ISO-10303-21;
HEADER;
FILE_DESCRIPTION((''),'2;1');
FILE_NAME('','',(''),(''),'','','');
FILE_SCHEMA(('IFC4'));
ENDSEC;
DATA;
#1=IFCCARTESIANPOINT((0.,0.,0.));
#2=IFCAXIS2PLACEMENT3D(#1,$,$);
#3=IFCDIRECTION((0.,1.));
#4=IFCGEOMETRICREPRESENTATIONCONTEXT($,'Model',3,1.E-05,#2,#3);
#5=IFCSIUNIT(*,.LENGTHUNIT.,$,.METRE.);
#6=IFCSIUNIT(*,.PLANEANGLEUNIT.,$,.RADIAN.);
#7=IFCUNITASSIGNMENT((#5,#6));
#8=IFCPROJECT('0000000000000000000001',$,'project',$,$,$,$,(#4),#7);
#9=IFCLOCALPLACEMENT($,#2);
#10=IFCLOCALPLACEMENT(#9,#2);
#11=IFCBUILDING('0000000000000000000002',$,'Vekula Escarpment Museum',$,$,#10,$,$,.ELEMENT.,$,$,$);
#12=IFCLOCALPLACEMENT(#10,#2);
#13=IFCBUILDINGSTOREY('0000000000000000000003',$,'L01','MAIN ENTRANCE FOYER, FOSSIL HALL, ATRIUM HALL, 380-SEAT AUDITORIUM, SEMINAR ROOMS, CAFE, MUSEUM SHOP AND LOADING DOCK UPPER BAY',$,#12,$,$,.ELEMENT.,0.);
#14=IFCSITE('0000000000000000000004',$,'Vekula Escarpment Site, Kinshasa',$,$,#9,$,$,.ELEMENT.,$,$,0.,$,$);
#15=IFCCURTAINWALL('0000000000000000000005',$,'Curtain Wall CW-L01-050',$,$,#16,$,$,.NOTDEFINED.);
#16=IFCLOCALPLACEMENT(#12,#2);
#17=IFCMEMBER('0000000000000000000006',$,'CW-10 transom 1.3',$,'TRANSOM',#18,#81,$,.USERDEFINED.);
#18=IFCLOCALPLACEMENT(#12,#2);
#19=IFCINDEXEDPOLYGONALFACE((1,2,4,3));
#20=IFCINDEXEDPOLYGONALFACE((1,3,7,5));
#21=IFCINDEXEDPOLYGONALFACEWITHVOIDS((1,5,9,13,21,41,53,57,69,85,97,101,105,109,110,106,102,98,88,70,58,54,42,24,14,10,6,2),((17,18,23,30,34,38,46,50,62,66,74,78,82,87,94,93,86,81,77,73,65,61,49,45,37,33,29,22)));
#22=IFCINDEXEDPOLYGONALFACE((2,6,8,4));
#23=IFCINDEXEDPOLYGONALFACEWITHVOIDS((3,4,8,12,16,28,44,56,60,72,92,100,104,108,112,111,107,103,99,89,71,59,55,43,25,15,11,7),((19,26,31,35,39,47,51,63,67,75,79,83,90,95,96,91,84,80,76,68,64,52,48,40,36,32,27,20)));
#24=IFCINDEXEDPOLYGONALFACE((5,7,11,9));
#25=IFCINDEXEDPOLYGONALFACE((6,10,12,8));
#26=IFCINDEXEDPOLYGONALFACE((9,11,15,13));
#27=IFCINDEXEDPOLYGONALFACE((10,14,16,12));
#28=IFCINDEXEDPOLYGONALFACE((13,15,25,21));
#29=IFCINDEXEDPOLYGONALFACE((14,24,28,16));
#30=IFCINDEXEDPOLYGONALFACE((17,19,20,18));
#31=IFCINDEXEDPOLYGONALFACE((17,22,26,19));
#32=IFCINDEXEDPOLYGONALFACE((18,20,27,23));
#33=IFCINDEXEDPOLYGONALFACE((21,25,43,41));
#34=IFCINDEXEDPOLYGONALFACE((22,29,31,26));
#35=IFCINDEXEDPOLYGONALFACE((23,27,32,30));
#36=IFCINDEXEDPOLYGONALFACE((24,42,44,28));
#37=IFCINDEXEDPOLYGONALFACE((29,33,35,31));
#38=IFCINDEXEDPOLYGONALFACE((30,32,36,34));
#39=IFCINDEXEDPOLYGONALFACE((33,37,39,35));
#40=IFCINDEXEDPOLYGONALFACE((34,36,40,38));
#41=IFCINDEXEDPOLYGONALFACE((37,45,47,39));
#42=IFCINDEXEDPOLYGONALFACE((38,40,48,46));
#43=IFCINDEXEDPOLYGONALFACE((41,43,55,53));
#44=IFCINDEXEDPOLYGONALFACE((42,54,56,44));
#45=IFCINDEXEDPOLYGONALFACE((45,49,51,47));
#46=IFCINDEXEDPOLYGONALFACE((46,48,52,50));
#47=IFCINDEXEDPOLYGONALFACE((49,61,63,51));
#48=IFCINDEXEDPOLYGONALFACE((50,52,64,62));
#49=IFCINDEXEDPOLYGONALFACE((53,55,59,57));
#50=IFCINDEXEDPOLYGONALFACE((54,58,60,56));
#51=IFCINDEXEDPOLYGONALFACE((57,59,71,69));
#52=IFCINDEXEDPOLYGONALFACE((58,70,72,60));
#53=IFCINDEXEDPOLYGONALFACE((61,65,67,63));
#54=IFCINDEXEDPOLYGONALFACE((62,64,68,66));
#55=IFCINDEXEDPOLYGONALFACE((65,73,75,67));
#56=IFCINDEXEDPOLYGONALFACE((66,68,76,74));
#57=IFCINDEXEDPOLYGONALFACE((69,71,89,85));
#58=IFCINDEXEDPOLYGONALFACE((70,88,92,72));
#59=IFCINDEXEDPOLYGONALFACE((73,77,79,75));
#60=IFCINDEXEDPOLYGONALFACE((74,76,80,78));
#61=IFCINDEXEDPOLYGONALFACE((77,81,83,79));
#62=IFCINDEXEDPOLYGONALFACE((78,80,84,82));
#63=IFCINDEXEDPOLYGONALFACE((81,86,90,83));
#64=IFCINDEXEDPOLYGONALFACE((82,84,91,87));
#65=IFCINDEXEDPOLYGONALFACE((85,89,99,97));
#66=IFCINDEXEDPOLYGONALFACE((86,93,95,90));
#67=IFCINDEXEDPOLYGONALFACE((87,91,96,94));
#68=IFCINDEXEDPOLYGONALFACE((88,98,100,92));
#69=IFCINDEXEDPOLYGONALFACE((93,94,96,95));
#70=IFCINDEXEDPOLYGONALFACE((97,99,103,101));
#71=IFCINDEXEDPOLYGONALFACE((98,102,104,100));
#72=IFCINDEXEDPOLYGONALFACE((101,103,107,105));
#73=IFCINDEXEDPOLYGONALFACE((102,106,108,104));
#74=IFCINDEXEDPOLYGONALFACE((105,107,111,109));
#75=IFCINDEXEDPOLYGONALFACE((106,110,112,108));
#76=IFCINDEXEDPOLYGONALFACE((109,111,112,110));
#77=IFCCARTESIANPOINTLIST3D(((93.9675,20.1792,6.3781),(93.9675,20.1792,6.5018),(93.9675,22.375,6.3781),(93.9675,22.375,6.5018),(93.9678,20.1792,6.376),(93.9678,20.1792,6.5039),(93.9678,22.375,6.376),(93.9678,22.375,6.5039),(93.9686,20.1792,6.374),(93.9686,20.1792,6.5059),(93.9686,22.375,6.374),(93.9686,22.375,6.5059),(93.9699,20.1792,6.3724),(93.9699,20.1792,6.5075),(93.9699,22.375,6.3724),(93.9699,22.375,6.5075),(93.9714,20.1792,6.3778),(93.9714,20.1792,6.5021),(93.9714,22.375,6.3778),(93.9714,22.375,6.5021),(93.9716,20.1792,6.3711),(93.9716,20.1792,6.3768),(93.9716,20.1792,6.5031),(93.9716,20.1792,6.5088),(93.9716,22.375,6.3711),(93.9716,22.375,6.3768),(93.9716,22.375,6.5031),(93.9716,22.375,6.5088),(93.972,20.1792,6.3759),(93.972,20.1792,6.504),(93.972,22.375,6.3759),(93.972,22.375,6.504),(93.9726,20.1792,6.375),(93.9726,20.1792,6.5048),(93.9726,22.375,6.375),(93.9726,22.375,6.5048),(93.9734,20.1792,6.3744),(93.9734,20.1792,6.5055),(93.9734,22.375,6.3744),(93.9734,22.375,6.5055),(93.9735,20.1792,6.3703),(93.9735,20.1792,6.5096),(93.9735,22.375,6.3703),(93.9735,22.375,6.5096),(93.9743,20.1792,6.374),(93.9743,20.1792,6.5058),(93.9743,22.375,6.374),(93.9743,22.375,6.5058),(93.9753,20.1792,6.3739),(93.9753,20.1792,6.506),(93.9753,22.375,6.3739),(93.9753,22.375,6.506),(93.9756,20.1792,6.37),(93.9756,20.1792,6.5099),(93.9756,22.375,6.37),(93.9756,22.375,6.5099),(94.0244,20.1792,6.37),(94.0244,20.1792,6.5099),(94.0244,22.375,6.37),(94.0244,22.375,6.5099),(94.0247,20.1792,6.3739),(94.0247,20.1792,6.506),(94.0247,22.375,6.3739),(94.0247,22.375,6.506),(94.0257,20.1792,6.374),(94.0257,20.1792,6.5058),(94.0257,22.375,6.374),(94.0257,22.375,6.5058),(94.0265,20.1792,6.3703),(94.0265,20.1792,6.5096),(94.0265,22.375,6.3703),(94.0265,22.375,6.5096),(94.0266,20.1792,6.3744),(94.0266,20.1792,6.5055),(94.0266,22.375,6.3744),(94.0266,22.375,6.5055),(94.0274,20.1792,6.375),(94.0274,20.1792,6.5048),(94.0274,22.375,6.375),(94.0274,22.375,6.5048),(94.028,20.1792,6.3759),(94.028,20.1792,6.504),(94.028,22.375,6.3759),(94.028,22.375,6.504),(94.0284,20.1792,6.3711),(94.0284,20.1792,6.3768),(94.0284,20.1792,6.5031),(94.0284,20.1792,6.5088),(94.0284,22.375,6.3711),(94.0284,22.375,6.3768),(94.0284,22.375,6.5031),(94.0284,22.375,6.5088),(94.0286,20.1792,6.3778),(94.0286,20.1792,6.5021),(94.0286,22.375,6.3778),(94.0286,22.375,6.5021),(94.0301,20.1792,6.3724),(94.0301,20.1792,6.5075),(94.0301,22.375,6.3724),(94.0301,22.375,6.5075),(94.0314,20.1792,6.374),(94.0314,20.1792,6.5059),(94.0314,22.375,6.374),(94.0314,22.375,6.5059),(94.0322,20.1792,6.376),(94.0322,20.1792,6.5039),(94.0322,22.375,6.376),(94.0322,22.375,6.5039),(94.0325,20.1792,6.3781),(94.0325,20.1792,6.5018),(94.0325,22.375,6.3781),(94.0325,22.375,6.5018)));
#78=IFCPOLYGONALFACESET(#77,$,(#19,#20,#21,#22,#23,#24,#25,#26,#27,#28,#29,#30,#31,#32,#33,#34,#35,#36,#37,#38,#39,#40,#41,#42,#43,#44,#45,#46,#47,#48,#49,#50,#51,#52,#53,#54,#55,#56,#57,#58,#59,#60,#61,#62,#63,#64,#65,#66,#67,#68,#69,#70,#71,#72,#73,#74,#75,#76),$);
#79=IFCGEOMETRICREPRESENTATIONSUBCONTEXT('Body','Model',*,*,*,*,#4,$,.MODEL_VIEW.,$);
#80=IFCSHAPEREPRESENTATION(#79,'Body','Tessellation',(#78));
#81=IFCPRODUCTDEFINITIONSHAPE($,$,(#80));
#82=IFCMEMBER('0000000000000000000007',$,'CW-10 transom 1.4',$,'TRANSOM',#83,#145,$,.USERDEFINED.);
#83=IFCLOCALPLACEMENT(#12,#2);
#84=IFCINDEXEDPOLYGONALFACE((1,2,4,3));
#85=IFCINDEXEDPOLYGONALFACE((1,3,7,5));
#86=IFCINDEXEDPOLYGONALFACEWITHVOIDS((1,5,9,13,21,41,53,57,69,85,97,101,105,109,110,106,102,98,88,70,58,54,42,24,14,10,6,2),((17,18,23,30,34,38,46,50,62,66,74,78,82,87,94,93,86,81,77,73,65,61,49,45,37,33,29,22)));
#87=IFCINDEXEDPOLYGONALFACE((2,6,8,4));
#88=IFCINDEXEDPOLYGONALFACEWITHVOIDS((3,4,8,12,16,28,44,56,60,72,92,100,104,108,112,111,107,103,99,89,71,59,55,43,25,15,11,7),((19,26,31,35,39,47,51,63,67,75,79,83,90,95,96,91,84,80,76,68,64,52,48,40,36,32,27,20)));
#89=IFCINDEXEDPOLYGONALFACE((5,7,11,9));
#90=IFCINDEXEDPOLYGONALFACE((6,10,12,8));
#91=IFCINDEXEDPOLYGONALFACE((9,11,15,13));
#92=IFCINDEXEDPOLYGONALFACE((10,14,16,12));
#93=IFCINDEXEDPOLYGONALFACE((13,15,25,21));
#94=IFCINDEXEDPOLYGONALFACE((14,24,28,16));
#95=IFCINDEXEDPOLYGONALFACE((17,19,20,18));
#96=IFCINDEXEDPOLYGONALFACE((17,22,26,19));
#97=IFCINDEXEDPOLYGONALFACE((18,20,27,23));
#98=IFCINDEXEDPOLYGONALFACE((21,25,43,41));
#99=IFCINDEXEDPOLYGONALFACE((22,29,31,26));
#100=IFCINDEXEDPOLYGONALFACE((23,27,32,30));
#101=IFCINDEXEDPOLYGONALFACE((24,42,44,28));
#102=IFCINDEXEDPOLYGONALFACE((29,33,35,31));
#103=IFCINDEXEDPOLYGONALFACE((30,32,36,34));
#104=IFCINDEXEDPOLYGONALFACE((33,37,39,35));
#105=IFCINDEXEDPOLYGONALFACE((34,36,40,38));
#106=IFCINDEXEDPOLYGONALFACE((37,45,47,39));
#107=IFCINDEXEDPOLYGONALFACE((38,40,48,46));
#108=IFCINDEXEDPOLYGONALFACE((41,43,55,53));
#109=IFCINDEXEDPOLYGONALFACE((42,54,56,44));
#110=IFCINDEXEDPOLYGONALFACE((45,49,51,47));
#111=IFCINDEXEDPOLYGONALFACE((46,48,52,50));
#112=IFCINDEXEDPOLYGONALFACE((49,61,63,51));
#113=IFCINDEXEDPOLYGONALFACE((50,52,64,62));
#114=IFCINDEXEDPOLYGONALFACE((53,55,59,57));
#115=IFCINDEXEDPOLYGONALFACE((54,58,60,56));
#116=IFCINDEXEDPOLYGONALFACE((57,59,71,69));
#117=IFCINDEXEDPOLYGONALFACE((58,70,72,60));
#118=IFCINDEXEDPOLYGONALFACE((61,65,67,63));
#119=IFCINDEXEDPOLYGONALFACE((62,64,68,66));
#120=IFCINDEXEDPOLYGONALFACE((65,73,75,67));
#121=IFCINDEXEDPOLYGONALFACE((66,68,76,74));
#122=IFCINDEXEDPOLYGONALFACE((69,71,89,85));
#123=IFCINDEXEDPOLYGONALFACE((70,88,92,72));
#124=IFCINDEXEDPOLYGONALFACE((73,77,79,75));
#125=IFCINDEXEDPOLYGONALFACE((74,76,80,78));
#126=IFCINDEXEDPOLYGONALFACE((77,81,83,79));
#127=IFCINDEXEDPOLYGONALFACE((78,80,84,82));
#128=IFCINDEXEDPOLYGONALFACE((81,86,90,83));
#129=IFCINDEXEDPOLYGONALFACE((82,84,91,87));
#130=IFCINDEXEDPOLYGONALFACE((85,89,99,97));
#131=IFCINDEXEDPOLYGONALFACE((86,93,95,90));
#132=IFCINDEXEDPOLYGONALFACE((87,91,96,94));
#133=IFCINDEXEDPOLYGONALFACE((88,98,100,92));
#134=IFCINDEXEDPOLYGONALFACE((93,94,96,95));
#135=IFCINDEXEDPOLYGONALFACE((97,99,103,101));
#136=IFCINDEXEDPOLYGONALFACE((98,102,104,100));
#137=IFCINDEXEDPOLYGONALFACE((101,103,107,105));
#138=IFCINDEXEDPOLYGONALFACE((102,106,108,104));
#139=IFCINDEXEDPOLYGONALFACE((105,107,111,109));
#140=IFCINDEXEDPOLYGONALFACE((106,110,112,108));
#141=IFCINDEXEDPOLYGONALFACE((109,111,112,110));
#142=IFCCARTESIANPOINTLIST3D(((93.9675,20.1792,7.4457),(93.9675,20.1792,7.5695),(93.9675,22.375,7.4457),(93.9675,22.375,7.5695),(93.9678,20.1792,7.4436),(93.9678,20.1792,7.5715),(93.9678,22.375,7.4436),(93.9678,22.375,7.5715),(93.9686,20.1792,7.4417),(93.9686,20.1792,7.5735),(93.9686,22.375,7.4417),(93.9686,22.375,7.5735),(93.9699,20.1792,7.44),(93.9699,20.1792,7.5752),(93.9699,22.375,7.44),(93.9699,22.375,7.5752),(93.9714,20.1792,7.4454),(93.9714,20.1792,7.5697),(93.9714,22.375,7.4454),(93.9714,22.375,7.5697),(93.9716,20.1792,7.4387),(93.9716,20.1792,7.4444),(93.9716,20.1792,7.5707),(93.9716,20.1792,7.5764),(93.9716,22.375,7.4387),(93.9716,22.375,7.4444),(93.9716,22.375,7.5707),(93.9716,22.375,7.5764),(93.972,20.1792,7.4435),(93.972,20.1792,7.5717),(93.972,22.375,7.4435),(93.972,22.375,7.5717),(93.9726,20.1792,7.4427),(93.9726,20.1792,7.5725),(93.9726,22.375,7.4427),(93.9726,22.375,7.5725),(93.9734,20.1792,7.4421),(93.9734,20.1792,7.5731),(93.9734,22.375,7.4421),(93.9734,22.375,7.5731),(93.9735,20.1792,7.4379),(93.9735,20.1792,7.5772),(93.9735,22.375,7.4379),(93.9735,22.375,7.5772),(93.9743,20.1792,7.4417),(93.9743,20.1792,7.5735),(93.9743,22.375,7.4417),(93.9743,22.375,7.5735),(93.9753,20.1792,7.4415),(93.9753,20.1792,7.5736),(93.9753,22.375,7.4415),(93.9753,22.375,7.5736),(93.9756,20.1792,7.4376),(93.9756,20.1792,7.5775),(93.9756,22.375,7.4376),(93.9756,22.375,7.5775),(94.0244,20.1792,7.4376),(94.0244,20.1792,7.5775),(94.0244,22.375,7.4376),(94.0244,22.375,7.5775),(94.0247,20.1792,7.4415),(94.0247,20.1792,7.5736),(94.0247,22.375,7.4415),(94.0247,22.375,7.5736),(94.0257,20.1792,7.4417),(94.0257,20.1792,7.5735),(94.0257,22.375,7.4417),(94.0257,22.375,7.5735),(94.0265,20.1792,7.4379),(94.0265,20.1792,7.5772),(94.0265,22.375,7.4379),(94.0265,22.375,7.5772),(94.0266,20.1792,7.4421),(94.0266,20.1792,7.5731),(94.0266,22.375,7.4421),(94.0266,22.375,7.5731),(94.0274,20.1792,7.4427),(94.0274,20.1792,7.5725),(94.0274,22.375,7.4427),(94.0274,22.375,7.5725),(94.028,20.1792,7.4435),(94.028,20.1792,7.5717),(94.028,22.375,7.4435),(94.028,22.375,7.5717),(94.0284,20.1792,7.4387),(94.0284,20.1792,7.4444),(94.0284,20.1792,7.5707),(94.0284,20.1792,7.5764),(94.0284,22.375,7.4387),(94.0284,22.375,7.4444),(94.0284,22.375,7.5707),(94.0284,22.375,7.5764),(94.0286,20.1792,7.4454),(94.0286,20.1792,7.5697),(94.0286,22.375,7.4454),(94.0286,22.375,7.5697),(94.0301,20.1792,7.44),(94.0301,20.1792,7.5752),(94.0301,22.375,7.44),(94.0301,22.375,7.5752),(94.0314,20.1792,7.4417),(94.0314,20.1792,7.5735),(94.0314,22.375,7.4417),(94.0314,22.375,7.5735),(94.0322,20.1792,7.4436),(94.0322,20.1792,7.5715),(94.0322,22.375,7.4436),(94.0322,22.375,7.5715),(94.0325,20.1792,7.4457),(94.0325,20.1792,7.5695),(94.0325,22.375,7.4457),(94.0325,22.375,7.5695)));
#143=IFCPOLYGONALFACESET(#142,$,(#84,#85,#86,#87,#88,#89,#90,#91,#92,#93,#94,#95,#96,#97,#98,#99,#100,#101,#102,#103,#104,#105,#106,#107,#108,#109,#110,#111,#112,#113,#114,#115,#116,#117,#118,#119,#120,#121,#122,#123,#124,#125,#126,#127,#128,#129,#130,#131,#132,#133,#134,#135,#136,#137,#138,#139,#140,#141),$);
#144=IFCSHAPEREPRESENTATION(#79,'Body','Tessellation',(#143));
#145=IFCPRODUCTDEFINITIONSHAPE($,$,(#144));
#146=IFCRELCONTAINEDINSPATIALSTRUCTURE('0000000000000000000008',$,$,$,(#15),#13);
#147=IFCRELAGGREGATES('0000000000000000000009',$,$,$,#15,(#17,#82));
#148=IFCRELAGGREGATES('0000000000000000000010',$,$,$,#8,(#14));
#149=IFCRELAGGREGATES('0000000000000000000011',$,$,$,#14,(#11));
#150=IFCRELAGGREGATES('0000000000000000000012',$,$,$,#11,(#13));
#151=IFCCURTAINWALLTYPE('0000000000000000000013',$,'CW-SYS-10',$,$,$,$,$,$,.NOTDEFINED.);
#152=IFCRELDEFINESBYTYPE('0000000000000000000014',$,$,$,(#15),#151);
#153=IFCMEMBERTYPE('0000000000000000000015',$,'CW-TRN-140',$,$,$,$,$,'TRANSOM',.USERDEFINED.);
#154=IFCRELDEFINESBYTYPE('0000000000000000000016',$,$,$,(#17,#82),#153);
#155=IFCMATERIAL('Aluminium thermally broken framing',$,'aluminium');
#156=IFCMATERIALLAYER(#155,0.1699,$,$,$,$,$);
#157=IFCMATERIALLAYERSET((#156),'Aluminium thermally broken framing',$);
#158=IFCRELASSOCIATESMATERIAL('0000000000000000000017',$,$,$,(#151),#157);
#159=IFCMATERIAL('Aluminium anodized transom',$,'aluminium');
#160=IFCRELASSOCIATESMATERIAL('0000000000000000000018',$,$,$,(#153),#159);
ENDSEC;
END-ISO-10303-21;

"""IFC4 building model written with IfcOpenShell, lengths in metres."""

from ifc_helpers import new_model, si_unit, direction, frame, origin, origin_2d, place, context, subcontext, project, spatial, hollow_rectangle, extrude, material, layer, layer_set, material_profile, profile_set, type_object, element, aggregate, save


model = new_model("IFC4")

# Units and contexts
model_context = context("Model", 3, precision=1e-05, world=origin(), true_north=direction((0.0, 1.0)))
body_context = subcontext(model_context, "Body", "Model", "MODEL_VIEW")
ifc_project = project(units=[si_unit("LENGTHUNIT", "METRE"), si_unit("PLANEANGLEUNIT", "RADIAN")], contexts=[model_context])

# Site, building, storey
site_placement = place(None, origin())
site = spatial("IfcSite", under=ifc_project, at=site_placement, Name="Vekula Escarpment Site, Kinshasa", CompositionType="ELEMENT", RefElevation=0.0)
building_placement = place(site_placement, origin())
building = spatial("IfcBuilding", under=site, at=building_placement, Name="Vekula Escarpment Museum", CompositionType="ELEMENT")
storey_placement = place(building_placement, origin())
storey = spatial("IfcBuildingStorey", under=building, at=storey_placement, Name="L01", Description="MAIN ENTRANCE FOYER, FOSSIL HALL, ATRIUM HALL, 380-SEAT AUDITORIUM, SEMINAR ROOMS, CAFE, MUSEUM SHOP AND LOADING DOCK UPPER BAY", CompositionType="ELEMENT", Elevation=0.0)

# Curtain wall, members
ifc_material_1 = material(Name="Aluminium thermally broken framing", Category="aluminium")
ifc_layer_1 = layer(ifc_material_1, 0.1699)
ifc_layer_set_1 = layer_set([ifc_layer_1], Name="Aluminium thermally broken framing")
curtain_wall_type = type_object("IfcCurtainWallType", Name="CW-SYS-10", PredefinedType="NOTDEFINED", material=ifc_layer_set_1)
curtain_wall_placement = place(storey_placement, origin())
curtain_wall = element("IfcCurtainWall", 1, at=curtain_wall_placement, inside=storey, type_object=curtain_wall_type, Name="Curtain Wall CW-L01-050", PredefinedType="NOTDEFINED")
ifc_material_2 = material(Name="Aluminium anodized transom", Category="aluminium")
ifc_material_profile_1 = material_profile(ifc_material_2, hollow_rectangle(XDim=0.0649, YDim=0.1399, WallThickness=0.0039, InnerFilletRadius=0.0039, OuterFilletRadius=0.0081, at=origin_2d()), Name="ALU 140x65x4")
ifc_profile_set_1 = profile_set([ifc_material_profile_1], Name="Aluminium anodized transom")
member_type_1 = type_object("IfcMemberType", Name="CW-TRN-140", ElementType="TRANSOM", PredefinedType="USERDEFINED", material=ifc_profile_set_1)
member_1_placement = place(storey_placement, frame((94.0, 22.375, 6.4399), z_axis=(0.0, -1.0, 0.0), x_axis=(1.0, 0.0, 0.0)))
member_1 = element("IfcMember", 2, at=member_1_placement, type_object=member_type_1, Name="CW-10 transom 1.3", ObjectType="TRANSOM", PredefinedType="USERDEFINED", context=body_context, shape_type="SweptSolid", body=[
    extrude(hollow_rectangle(XDim=0.0649, YDim=0.1399, WallThickness=0.0039, InnerFilletRadius=0.0039, OuterFilletRadius=0.0081, at=origin_2d()), origin(), (0.0, 0.0, 1.0), 2.1958),
])
member_2_placement = place(storey_placement, frame((94.0, 22.375, 7.5076), z_axis=(0.0, -1.0, 0.0), x_axis=(1.0, 0.0, 0.0)))
member_2 = element("IfcMember", 3, at=member_2_placement, type_object=member_type_1, Name="CW-10 transom 1.4", ObjectType="TRANSOM", PredefinedType="USERDEFINED", context=body_context, shape_type="SweptSolid", body=[
    extrude(hollow_rectangle(XDim=0.0649, YDim=0.1399, WallThickness=0.0039, InnerFilletRadius=0.0039, OuterFilletRadius=0.0081, at=origin_2d()), origin(), (0.0, 0.0, 1.0), 2.1958),
])

aggregate(curtain_wall, [member_1, member_2])

save(model, "model.ifc")
